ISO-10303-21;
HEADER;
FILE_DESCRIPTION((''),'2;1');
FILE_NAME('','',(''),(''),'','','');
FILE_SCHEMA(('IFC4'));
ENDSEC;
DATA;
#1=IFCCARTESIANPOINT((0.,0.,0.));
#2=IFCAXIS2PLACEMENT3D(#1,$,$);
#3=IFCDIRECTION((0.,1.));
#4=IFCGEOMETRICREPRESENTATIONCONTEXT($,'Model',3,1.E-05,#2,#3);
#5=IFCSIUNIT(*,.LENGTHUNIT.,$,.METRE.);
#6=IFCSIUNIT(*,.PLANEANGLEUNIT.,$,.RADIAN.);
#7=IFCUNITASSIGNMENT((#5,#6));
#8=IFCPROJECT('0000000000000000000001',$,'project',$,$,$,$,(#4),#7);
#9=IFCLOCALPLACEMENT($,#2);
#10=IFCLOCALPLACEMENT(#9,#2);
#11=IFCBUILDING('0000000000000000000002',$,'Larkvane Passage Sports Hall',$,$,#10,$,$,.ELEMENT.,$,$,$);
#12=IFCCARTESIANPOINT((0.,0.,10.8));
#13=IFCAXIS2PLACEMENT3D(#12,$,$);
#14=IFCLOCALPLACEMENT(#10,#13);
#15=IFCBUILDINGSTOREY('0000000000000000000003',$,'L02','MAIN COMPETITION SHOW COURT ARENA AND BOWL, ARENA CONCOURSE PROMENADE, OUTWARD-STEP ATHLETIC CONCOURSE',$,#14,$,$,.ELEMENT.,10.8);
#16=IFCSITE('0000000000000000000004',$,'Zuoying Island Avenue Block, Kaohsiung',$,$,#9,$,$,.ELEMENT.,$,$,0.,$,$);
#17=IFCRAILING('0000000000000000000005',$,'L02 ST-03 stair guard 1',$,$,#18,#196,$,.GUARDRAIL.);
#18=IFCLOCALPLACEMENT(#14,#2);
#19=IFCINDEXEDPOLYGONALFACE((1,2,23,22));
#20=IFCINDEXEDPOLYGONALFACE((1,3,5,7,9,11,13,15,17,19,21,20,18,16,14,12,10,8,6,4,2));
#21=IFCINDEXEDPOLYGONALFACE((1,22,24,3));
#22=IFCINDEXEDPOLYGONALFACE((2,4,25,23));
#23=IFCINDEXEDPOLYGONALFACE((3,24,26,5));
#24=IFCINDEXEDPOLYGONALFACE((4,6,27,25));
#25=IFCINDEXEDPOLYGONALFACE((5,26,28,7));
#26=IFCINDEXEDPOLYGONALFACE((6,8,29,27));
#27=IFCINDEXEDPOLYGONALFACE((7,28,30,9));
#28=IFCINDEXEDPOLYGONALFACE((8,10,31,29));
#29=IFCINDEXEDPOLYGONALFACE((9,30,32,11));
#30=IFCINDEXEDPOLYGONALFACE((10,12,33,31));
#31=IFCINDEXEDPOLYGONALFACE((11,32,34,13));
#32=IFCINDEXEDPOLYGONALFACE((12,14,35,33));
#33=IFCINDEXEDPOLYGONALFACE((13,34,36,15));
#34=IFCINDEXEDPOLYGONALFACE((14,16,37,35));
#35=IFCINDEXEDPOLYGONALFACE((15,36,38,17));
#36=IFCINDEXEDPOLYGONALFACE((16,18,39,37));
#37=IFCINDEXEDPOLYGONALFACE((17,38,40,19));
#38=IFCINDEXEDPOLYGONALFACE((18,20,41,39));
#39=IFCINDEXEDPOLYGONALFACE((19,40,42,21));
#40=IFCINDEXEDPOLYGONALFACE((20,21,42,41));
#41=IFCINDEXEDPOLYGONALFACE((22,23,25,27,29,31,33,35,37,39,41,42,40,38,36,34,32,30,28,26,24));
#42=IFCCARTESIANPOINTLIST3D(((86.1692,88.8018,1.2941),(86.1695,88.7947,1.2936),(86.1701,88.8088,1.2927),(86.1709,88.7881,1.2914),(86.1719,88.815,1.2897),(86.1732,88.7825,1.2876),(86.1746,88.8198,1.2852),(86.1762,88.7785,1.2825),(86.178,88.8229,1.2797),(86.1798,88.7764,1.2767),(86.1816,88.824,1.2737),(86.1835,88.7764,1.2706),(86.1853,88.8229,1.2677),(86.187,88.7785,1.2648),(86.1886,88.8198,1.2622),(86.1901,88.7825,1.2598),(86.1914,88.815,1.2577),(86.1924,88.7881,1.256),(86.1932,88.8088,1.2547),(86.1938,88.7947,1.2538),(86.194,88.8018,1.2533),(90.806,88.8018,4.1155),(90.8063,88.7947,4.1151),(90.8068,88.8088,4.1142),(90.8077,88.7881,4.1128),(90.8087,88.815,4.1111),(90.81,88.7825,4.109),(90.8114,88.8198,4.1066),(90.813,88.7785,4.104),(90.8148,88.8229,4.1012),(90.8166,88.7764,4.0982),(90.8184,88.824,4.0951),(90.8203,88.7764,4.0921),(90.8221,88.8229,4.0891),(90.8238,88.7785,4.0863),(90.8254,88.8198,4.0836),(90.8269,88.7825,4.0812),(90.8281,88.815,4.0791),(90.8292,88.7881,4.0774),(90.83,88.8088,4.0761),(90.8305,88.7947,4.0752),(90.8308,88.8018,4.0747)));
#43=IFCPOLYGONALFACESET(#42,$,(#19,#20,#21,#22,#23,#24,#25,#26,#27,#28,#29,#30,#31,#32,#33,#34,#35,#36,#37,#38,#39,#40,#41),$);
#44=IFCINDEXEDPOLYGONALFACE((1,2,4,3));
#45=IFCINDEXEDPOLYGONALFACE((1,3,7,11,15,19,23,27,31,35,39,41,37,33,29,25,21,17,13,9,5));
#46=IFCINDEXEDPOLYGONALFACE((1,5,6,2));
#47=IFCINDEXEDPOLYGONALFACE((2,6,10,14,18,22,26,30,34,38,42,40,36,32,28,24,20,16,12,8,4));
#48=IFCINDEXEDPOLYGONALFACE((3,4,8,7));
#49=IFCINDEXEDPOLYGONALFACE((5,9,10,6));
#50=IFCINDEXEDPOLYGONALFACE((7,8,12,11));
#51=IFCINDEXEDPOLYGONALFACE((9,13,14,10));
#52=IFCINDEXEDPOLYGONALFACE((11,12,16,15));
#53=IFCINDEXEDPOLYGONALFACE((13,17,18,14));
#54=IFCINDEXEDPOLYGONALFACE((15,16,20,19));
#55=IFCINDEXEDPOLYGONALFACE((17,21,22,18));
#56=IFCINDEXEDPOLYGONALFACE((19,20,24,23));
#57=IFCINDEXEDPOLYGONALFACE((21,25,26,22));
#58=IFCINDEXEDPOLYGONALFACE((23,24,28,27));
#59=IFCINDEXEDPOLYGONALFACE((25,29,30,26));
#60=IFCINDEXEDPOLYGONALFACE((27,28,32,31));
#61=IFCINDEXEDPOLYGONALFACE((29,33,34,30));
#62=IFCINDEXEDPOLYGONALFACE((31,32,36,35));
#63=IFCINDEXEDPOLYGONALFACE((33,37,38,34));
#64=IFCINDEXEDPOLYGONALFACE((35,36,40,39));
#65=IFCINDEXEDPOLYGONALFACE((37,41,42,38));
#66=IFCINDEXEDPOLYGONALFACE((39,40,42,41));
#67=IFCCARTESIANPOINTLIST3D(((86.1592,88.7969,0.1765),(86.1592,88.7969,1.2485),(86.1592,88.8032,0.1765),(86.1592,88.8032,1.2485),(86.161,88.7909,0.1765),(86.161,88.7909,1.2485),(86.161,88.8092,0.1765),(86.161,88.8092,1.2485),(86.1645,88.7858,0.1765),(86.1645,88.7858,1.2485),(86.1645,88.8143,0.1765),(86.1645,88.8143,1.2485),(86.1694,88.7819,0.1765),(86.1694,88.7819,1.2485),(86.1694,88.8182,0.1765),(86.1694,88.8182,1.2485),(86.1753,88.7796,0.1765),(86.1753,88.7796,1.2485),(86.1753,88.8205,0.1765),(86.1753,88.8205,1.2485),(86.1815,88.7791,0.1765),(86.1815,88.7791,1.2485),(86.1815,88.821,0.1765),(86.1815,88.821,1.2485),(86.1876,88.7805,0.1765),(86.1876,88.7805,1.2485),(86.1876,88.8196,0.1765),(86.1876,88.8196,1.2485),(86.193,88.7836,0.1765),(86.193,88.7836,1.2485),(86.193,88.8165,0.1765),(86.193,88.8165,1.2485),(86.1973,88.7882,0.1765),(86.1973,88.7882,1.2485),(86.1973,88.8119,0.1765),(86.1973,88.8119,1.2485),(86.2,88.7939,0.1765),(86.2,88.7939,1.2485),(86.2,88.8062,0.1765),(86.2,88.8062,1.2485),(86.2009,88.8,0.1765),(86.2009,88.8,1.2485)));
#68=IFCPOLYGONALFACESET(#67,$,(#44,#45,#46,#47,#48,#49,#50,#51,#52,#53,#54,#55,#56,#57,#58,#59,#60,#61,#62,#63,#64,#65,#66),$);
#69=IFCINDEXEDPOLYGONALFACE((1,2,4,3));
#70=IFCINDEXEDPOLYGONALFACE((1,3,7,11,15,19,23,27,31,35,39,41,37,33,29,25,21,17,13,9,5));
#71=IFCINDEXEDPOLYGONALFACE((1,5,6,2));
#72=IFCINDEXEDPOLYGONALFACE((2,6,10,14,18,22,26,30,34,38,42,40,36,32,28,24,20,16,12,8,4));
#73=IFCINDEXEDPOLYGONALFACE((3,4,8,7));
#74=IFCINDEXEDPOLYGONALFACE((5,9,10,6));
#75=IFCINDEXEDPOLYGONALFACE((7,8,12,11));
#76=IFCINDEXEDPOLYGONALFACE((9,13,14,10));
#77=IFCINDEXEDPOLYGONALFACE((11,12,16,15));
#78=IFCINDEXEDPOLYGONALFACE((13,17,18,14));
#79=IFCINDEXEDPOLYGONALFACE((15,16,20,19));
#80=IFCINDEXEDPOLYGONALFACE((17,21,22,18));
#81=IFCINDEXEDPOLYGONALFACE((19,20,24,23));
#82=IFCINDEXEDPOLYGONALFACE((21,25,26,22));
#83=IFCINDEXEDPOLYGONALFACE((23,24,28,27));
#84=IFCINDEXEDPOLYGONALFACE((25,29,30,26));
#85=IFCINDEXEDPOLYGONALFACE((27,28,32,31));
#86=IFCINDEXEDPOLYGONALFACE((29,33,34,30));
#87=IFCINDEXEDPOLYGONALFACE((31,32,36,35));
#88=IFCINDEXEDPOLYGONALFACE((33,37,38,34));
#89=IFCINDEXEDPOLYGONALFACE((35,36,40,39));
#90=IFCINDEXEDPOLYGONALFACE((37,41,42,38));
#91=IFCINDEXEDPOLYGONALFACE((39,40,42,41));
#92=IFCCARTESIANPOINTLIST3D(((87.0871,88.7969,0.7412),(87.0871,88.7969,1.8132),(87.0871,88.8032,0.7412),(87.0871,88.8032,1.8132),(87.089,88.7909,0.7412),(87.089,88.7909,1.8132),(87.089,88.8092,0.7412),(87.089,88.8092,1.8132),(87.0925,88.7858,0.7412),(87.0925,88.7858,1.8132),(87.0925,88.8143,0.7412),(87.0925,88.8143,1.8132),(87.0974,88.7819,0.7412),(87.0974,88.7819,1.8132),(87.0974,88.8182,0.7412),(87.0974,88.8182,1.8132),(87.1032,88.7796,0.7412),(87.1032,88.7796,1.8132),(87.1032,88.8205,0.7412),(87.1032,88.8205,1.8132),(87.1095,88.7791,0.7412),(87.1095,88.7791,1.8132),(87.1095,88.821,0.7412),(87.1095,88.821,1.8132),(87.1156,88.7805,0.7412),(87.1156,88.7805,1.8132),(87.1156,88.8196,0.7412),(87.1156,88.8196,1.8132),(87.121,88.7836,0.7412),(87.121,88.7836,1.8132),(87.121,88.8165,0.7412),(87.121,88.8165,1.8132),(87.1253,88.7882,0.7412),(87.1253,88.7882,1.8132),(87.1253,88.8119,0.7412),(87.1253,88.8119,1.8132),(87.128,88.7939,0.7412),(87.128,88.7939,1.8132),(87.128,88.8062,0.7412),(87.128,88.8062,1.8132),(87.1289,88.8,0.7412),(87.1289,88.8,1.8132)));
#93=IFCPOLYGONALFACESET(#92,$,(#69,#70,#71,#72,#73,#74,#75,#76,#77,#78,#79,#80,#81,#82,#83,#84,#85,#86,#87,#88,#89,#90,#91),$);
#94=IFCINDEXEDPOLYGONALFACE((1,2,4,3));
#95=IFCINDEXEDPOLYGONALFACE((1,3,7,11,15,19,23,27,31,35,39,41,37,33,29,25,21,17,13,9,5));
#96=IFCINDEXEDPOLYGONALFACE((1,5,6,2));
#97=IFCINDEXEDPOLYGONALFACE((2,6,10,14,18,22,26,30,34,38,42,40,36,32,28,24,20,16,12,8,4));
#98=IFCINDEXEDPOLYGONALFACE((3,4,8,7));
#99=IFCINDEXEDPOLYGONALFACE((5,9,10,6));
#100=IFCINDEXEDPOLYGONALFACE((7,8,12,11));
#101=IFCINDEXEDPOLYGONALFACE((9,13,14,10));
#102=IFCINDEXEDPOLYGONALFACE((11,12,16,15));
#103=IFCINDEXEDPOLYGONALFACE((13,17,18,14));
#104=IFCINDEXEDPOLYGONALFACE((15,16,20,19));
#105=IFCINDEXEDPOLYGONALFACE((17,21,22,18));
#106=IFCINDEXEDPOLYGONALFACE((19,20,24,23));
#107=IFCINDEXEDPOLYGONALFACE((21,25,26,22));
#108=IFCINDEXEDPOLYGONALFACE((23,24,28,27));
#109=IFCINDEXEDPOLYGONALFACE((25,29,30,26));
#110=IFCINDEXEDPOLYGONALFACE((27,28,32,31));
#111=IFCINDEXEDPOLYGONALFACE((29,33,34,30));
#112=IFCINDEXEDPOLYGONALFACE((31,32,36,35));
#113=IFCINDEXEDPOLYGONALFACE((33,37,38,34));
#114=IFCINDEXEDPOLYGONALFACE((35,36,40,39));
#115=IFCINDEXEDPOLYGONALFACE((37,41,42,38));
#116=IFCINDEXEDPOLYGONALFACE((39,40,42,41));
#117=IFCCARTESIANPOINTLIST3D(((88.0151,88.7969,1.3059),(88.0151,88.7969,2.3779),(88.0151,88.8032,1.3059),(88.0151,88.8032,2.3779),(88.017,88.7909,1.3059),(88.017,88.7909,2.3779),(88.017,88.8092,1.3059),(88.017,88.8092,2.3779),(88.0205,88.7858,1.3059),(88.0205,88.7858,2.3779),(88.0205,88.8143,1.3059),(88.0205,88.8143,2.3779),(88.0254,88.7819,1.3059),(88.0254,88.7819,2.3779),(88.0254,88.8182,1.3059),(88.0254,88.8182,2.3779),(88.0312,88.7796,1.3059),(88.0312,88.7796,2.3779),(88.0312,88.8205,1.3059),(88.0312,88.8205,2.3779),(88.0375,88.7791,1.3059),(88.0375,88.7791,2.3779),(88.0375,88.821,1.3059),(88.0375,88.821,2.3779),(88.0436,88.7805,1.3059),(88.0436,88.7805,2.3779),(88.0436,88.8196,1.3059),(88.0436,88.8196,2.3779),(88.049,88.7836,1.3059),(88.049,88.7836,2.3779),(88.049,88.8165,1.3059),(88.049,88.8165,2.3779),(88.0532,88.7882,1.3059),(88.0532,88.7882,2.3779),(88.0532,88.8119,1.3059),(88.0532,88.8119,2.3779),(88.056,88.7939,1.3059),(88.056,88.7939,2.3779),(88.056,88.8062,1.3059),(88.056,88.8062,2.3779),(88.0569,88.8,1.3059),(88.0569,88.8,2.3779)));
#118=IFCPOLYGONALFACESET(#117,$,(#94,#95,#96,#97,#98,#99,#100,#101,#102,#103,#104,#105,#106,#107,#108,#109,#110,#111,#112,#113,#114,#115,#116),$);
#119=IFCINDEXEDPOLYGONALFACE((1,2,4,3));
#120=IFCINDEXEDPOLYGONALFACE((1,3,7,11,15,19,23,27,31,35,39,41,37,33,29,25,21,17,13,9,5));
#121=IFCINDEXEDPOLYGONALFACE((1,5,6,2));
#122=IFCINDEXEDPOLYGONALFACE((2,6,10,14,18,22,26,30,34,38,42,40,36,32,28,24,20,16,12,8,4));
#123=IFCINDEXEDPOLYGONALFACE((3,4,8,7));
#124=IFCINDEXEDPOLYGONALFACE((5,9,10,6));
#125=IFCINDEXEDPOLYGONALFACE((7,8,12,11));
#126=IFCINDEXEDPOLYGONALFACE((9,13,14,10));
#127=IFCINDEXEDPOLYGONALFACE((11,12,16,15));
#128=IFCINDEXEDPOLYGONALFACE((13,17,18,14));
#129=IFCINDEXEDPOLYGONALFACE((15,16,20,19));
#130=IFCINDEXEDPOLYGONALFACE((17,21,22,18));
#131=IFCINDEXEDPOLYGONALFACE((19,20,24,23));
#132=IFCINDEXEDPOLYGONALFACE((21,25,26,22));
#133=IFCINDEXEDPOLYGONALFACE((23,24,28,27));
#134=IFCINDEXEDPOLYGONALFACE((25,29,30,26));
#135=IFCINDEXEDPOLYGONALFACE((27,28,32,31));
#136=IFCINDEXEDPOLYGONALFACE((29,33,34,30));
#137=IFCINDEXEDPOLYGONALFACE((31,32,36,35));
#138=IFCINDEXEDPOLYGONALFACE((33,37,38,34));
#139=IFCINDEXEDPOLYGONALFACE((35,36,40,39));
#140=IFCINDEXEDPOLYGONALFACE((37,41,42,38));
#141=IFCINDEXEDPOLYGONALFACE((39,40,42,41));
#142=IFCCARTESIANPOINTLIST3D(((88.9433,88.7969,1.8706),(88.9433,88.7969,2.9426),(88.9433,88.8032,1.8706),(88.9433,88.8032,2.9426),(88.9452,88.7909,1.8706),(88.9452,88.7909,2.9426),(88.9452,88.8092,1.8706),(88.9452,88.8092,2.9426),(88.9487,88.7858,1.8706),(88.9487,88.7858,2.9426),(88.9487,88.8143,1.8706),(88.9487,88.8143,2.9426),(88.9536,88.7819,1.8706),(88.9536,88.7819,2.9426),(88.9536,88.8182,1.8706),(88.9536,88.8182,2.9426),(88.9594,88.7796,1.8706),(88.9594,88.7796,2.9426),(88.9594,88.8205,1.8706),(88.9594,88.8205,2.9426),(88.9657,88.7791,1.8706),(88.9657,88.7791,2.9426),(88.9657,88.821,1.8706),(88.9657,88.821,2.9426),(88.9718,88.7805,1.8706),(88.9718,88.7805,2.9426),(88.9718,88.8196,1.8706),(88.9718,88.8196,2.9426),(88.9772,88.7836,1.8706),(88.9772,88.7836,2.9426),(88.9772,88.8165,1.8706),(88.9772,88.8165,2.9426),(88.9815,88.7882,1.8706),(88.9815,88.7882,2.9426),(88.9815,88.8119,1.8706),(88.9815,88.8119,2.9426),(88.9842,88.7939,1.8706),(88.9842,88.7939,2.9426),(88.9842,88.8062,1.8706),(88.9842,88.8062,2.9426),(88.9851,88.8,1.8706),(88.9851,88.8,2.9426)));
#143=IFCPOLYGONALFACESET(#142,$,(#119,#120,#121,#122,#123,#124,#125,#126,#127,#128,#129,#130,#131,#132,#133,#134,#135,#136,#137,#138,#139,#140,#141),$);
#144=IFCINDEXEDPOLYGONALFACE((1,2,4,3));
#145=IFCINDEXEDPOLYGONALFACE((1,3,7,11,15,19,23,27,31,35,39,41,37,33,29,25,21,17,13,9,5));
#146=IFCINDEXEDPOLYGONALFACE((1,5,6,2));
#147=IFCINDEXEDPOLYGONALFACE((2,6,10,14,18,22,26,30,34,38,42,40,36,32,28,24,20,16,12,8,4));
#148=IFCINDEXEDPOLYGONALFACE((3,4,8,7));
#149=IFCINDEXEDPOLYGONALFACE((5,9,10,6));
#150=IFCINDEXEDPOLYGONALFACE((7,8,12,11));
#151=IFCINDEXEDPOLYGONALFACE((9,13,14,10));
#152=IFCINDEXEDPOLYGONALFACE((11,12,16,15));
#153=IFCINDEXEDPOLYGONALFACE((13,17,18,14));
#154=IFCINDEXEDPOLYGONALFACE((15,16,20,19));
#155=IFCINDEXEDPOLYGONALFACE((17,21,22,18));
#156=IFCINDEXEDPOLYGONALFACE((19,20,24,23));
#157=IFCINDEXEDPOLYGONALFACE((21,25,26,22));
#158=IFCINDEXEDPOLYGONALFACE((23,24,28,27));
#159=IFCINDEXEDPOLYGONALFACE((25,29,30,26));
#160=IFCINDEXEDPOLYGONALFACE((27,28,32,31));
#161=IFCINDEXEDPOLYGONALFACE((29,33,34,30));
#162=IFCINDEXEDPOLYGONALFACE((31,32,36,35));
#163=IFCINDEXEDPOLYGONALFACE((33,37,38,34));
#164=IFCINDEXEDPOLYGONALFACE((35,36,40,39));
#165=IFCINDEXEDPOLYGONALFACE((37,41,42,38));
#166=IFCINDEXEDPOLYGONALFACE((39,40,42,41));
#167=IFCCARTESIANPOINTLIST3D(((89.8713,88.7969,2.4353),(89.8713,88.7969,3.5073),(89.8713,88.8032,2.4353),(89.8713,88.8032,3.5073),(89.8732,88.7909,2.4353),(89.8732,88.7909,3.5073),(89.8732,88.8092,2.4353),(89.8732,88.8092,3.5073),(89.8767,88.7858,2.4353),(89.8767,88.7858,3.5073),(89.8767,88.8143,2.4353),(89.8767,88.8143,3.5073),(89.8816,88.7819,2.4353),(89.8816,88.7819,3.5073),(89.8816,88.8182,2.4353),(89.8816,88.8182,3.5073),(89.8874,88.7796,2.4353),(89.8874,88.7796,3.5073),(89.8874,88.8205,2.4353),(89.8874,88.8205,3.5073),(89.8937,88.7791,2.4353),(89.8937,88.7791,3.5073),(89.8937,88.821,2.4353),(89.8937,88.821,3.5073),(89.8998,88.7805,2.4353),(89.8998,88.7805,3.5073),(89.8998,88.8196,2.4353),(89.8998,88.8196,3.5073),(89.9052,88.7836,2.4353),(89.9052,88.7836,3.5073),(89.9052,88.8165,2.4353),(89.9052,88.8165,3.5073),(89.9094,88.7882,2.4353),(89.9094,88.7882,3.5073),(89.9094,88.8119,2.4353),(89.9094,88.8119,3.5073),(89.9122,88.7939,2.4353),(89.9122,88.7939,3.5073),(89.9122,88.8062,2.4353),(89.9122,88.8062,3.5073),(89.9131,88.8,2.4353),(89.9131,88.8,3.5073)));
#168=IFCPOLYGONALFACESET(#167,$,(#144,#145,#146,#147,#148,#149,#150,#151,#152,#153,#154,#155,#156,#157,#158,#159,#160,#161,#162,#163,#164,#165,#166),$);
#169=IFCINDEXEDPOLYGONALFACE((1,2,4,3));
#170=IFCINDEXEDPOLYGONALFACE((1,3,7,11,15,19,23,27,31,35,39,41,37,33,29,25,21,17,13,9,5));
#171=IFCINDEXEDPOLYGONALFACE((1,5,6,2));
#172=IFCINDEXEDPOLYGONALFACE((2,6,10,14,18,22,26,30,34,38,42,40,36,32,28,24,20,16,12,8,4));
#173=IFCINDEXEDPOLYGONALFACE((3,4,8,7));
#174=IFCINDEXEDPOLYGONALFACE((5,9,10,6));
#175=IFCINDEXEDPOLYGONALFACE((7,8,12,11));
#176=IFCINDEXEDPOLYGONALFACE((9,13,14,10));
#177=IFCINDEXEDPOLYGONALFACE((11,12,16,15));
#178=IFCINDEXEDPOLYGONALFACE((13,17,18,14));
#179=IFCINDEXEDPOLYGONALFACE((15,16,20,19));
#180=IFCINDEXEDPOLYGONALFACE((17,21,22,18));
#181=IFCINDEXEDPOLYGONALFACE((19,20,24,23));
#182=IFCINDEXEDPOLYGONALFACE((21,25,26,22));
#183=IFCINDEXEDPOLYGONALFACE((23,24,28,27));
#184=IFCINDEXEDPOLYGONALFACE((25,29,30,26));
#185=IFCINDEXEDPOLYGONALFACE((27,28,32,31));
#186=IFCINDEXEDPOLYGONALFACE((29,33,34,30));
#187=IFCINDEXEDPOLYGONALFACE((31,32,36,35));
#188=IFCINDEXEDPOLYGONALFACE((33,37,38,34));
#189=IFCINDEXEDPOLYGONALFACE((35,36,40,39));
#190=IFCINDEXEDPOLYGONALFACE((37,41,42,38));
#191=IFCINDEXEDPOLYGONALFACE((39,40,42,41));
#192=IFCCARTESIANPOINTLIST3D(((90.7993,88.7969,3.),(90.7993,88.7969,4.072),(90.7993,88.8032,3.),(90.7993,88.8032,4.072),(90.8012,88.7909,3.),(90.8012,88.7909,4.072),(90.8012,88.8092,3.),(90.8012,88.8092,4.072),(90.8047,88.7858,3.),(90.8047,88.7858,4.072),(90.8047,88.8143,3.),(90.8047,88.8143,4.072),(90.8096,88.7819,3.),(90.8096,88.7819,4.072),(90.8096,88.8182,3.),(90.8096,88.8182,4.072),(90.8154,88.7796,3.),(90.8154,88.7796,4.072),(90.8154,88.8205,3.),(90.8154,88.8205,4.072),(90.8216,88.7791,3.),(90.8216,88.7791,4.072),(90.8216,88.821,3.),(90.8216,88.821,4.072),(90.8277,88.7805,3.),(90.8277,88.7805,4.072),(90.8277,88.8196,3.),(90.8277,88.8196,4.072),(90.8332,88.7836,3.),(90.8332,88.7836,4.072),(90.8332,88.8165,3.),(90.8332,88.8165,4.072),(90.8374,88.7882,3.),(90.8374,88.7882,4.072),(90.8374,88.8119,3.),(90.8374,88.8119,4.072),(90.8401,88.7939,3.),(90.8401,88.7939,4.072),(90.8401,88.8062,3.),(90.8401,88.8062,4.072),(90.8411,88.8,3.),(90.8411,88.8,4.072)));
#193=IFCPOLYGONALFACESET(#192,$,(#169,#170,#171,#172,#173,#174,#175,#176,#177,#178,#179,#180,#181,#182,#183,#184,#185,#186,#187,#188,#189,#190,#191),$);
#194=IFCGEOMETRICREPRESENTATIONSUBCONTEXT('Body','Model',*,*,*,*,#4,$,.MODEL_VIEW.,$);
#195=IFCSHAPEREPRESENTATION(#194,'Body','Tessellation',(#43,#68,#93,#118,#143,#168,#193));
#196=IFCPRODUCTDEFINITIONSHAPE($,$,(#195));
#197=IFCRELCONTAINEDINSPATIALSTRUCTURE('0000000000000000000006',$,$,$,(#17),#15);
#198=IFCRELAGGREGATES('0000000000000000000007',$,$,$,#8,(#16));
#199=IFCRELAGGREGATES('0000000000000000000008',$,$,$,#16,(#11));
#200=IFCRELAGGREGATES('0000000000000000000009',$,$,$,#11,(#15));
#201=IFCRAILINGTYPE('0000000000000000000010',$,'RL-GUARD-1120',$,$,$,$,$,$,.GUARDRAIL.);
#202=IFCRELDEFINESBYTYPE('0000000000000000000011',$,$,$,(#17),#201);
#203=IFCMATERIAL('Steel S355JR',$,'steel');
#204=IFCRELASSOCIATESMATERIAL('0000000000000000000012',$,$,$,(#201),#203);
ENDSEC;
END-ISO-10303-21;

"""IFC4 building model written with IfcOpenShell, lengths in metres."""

from ifc_helpers import new_model, si_unit, direction, frame, origin, origin_2d, place, context, subcontext, project, spatial, circle, extrude, material, type_object, element, save


model = new_model("IFC4")

# Units and contexts
model_context = context("Model", 3, precision=1e-05, world=origin(), true_north=direction((0.0, 1.0)))
body_context = subcontext(model_context, "Body", "Model", "MODEL_VIEW")
ifc_project = project(units=[si_unit("LENGTHUNIT", "METRE"), si_unit("PLANEANGLEUNIT", "RADIAN")], contexts=[model_context])

# Site, building, storey
site_placement = place(None, origin())
site = spatial("IfcSite", under=ifc_project, at=site_placement, Name="Zuoying Island Avenue Block, Kaohsiung", CompositionType="ELEMENT", RefElevation=0.0)
building_placement = place(site_placement, origin())
building = spatial("IfcBuilding", under=site, at=building_placement, Name="Larkvane Passage Sports Hall", CompositionType="ELEMENT")
storey_placement = place(building_placement, frame((0.0, 0.0, 10.8)))
storey = spatial("IfcBuildingStorey", under=building, at=storey_placement, Name="L02", Description="MAIN COMPETITION SHOW COURT ARENA AND BOWL, ARENA CONCOURSE PROMENADE, OUTWARD-STEP ATHLETIC CONCOURSE", CompositionType="ELEMENT", Elevation=10.8)

# Shared definitions
ifc_material_1 = material(Name="Steel S355JR", Category="steel")

# Railing
railing_type_1 = type_object("IfcRailingType", Name="RL-GUARD-1120", PredefinedType="GUARDRAIL", material=ifc_material_1)
railing_1_placement = place(storey_placement, frame((86.1799, 88.8, 0.1765)))
element("IfcRailing", 1, at=railing_1_placement, inside=storey, type_object=railing_type_1, Name="L02 ST-03 stair guard 1", PredefinedType="GUARDRAIL", context=body_context, shape_type="SweptSolid", body=[
    extrude(circle(Radius=0.0239, at=origin_2d()), frame((0.0017, 0.0, 1.0972), z_axis=(0.854276, 0.0, 0.51982), x_axis=(0.0, 1.0, 0.0)), (0.0, 0.0, 1.0), 5.4277),
    extrude(circle(Radius=0.021, at=origin_2d()), origin(), (0.0, 0.0, 1.0), 1.072),
    extrude(circle(Radius=0.021, at=origin_2d()), frame((0.928, 0.0, 0.5647)), (0.0, 0.0, 1.0), 1.072),
    extrude(circle(Radius=0.021, at=origin_2d()), frame((1.856, 0.0, 1.1294)), (0.0, 0.0, 1.0), 1.072),
    extrude(circle(Radius=0.021, at=origin_2d()), frame((2.7842, 0.0, 1.6941)), (0.0, 0.0, 1.0), 1.072),
    extrude(circle(Radius=0.021, at=origin_2d()), frame((3.7122, 0.0, 2.2588)), (0.0, 0.0, 1.0), 1.072),
    extrude(circle(Radius=0.021, at=origin_2d()), frame((4.6401, 0.0, 2.8235)), (0.0, 0.0, 1.0), 1.072),
])

save(model, "model.ifc")
